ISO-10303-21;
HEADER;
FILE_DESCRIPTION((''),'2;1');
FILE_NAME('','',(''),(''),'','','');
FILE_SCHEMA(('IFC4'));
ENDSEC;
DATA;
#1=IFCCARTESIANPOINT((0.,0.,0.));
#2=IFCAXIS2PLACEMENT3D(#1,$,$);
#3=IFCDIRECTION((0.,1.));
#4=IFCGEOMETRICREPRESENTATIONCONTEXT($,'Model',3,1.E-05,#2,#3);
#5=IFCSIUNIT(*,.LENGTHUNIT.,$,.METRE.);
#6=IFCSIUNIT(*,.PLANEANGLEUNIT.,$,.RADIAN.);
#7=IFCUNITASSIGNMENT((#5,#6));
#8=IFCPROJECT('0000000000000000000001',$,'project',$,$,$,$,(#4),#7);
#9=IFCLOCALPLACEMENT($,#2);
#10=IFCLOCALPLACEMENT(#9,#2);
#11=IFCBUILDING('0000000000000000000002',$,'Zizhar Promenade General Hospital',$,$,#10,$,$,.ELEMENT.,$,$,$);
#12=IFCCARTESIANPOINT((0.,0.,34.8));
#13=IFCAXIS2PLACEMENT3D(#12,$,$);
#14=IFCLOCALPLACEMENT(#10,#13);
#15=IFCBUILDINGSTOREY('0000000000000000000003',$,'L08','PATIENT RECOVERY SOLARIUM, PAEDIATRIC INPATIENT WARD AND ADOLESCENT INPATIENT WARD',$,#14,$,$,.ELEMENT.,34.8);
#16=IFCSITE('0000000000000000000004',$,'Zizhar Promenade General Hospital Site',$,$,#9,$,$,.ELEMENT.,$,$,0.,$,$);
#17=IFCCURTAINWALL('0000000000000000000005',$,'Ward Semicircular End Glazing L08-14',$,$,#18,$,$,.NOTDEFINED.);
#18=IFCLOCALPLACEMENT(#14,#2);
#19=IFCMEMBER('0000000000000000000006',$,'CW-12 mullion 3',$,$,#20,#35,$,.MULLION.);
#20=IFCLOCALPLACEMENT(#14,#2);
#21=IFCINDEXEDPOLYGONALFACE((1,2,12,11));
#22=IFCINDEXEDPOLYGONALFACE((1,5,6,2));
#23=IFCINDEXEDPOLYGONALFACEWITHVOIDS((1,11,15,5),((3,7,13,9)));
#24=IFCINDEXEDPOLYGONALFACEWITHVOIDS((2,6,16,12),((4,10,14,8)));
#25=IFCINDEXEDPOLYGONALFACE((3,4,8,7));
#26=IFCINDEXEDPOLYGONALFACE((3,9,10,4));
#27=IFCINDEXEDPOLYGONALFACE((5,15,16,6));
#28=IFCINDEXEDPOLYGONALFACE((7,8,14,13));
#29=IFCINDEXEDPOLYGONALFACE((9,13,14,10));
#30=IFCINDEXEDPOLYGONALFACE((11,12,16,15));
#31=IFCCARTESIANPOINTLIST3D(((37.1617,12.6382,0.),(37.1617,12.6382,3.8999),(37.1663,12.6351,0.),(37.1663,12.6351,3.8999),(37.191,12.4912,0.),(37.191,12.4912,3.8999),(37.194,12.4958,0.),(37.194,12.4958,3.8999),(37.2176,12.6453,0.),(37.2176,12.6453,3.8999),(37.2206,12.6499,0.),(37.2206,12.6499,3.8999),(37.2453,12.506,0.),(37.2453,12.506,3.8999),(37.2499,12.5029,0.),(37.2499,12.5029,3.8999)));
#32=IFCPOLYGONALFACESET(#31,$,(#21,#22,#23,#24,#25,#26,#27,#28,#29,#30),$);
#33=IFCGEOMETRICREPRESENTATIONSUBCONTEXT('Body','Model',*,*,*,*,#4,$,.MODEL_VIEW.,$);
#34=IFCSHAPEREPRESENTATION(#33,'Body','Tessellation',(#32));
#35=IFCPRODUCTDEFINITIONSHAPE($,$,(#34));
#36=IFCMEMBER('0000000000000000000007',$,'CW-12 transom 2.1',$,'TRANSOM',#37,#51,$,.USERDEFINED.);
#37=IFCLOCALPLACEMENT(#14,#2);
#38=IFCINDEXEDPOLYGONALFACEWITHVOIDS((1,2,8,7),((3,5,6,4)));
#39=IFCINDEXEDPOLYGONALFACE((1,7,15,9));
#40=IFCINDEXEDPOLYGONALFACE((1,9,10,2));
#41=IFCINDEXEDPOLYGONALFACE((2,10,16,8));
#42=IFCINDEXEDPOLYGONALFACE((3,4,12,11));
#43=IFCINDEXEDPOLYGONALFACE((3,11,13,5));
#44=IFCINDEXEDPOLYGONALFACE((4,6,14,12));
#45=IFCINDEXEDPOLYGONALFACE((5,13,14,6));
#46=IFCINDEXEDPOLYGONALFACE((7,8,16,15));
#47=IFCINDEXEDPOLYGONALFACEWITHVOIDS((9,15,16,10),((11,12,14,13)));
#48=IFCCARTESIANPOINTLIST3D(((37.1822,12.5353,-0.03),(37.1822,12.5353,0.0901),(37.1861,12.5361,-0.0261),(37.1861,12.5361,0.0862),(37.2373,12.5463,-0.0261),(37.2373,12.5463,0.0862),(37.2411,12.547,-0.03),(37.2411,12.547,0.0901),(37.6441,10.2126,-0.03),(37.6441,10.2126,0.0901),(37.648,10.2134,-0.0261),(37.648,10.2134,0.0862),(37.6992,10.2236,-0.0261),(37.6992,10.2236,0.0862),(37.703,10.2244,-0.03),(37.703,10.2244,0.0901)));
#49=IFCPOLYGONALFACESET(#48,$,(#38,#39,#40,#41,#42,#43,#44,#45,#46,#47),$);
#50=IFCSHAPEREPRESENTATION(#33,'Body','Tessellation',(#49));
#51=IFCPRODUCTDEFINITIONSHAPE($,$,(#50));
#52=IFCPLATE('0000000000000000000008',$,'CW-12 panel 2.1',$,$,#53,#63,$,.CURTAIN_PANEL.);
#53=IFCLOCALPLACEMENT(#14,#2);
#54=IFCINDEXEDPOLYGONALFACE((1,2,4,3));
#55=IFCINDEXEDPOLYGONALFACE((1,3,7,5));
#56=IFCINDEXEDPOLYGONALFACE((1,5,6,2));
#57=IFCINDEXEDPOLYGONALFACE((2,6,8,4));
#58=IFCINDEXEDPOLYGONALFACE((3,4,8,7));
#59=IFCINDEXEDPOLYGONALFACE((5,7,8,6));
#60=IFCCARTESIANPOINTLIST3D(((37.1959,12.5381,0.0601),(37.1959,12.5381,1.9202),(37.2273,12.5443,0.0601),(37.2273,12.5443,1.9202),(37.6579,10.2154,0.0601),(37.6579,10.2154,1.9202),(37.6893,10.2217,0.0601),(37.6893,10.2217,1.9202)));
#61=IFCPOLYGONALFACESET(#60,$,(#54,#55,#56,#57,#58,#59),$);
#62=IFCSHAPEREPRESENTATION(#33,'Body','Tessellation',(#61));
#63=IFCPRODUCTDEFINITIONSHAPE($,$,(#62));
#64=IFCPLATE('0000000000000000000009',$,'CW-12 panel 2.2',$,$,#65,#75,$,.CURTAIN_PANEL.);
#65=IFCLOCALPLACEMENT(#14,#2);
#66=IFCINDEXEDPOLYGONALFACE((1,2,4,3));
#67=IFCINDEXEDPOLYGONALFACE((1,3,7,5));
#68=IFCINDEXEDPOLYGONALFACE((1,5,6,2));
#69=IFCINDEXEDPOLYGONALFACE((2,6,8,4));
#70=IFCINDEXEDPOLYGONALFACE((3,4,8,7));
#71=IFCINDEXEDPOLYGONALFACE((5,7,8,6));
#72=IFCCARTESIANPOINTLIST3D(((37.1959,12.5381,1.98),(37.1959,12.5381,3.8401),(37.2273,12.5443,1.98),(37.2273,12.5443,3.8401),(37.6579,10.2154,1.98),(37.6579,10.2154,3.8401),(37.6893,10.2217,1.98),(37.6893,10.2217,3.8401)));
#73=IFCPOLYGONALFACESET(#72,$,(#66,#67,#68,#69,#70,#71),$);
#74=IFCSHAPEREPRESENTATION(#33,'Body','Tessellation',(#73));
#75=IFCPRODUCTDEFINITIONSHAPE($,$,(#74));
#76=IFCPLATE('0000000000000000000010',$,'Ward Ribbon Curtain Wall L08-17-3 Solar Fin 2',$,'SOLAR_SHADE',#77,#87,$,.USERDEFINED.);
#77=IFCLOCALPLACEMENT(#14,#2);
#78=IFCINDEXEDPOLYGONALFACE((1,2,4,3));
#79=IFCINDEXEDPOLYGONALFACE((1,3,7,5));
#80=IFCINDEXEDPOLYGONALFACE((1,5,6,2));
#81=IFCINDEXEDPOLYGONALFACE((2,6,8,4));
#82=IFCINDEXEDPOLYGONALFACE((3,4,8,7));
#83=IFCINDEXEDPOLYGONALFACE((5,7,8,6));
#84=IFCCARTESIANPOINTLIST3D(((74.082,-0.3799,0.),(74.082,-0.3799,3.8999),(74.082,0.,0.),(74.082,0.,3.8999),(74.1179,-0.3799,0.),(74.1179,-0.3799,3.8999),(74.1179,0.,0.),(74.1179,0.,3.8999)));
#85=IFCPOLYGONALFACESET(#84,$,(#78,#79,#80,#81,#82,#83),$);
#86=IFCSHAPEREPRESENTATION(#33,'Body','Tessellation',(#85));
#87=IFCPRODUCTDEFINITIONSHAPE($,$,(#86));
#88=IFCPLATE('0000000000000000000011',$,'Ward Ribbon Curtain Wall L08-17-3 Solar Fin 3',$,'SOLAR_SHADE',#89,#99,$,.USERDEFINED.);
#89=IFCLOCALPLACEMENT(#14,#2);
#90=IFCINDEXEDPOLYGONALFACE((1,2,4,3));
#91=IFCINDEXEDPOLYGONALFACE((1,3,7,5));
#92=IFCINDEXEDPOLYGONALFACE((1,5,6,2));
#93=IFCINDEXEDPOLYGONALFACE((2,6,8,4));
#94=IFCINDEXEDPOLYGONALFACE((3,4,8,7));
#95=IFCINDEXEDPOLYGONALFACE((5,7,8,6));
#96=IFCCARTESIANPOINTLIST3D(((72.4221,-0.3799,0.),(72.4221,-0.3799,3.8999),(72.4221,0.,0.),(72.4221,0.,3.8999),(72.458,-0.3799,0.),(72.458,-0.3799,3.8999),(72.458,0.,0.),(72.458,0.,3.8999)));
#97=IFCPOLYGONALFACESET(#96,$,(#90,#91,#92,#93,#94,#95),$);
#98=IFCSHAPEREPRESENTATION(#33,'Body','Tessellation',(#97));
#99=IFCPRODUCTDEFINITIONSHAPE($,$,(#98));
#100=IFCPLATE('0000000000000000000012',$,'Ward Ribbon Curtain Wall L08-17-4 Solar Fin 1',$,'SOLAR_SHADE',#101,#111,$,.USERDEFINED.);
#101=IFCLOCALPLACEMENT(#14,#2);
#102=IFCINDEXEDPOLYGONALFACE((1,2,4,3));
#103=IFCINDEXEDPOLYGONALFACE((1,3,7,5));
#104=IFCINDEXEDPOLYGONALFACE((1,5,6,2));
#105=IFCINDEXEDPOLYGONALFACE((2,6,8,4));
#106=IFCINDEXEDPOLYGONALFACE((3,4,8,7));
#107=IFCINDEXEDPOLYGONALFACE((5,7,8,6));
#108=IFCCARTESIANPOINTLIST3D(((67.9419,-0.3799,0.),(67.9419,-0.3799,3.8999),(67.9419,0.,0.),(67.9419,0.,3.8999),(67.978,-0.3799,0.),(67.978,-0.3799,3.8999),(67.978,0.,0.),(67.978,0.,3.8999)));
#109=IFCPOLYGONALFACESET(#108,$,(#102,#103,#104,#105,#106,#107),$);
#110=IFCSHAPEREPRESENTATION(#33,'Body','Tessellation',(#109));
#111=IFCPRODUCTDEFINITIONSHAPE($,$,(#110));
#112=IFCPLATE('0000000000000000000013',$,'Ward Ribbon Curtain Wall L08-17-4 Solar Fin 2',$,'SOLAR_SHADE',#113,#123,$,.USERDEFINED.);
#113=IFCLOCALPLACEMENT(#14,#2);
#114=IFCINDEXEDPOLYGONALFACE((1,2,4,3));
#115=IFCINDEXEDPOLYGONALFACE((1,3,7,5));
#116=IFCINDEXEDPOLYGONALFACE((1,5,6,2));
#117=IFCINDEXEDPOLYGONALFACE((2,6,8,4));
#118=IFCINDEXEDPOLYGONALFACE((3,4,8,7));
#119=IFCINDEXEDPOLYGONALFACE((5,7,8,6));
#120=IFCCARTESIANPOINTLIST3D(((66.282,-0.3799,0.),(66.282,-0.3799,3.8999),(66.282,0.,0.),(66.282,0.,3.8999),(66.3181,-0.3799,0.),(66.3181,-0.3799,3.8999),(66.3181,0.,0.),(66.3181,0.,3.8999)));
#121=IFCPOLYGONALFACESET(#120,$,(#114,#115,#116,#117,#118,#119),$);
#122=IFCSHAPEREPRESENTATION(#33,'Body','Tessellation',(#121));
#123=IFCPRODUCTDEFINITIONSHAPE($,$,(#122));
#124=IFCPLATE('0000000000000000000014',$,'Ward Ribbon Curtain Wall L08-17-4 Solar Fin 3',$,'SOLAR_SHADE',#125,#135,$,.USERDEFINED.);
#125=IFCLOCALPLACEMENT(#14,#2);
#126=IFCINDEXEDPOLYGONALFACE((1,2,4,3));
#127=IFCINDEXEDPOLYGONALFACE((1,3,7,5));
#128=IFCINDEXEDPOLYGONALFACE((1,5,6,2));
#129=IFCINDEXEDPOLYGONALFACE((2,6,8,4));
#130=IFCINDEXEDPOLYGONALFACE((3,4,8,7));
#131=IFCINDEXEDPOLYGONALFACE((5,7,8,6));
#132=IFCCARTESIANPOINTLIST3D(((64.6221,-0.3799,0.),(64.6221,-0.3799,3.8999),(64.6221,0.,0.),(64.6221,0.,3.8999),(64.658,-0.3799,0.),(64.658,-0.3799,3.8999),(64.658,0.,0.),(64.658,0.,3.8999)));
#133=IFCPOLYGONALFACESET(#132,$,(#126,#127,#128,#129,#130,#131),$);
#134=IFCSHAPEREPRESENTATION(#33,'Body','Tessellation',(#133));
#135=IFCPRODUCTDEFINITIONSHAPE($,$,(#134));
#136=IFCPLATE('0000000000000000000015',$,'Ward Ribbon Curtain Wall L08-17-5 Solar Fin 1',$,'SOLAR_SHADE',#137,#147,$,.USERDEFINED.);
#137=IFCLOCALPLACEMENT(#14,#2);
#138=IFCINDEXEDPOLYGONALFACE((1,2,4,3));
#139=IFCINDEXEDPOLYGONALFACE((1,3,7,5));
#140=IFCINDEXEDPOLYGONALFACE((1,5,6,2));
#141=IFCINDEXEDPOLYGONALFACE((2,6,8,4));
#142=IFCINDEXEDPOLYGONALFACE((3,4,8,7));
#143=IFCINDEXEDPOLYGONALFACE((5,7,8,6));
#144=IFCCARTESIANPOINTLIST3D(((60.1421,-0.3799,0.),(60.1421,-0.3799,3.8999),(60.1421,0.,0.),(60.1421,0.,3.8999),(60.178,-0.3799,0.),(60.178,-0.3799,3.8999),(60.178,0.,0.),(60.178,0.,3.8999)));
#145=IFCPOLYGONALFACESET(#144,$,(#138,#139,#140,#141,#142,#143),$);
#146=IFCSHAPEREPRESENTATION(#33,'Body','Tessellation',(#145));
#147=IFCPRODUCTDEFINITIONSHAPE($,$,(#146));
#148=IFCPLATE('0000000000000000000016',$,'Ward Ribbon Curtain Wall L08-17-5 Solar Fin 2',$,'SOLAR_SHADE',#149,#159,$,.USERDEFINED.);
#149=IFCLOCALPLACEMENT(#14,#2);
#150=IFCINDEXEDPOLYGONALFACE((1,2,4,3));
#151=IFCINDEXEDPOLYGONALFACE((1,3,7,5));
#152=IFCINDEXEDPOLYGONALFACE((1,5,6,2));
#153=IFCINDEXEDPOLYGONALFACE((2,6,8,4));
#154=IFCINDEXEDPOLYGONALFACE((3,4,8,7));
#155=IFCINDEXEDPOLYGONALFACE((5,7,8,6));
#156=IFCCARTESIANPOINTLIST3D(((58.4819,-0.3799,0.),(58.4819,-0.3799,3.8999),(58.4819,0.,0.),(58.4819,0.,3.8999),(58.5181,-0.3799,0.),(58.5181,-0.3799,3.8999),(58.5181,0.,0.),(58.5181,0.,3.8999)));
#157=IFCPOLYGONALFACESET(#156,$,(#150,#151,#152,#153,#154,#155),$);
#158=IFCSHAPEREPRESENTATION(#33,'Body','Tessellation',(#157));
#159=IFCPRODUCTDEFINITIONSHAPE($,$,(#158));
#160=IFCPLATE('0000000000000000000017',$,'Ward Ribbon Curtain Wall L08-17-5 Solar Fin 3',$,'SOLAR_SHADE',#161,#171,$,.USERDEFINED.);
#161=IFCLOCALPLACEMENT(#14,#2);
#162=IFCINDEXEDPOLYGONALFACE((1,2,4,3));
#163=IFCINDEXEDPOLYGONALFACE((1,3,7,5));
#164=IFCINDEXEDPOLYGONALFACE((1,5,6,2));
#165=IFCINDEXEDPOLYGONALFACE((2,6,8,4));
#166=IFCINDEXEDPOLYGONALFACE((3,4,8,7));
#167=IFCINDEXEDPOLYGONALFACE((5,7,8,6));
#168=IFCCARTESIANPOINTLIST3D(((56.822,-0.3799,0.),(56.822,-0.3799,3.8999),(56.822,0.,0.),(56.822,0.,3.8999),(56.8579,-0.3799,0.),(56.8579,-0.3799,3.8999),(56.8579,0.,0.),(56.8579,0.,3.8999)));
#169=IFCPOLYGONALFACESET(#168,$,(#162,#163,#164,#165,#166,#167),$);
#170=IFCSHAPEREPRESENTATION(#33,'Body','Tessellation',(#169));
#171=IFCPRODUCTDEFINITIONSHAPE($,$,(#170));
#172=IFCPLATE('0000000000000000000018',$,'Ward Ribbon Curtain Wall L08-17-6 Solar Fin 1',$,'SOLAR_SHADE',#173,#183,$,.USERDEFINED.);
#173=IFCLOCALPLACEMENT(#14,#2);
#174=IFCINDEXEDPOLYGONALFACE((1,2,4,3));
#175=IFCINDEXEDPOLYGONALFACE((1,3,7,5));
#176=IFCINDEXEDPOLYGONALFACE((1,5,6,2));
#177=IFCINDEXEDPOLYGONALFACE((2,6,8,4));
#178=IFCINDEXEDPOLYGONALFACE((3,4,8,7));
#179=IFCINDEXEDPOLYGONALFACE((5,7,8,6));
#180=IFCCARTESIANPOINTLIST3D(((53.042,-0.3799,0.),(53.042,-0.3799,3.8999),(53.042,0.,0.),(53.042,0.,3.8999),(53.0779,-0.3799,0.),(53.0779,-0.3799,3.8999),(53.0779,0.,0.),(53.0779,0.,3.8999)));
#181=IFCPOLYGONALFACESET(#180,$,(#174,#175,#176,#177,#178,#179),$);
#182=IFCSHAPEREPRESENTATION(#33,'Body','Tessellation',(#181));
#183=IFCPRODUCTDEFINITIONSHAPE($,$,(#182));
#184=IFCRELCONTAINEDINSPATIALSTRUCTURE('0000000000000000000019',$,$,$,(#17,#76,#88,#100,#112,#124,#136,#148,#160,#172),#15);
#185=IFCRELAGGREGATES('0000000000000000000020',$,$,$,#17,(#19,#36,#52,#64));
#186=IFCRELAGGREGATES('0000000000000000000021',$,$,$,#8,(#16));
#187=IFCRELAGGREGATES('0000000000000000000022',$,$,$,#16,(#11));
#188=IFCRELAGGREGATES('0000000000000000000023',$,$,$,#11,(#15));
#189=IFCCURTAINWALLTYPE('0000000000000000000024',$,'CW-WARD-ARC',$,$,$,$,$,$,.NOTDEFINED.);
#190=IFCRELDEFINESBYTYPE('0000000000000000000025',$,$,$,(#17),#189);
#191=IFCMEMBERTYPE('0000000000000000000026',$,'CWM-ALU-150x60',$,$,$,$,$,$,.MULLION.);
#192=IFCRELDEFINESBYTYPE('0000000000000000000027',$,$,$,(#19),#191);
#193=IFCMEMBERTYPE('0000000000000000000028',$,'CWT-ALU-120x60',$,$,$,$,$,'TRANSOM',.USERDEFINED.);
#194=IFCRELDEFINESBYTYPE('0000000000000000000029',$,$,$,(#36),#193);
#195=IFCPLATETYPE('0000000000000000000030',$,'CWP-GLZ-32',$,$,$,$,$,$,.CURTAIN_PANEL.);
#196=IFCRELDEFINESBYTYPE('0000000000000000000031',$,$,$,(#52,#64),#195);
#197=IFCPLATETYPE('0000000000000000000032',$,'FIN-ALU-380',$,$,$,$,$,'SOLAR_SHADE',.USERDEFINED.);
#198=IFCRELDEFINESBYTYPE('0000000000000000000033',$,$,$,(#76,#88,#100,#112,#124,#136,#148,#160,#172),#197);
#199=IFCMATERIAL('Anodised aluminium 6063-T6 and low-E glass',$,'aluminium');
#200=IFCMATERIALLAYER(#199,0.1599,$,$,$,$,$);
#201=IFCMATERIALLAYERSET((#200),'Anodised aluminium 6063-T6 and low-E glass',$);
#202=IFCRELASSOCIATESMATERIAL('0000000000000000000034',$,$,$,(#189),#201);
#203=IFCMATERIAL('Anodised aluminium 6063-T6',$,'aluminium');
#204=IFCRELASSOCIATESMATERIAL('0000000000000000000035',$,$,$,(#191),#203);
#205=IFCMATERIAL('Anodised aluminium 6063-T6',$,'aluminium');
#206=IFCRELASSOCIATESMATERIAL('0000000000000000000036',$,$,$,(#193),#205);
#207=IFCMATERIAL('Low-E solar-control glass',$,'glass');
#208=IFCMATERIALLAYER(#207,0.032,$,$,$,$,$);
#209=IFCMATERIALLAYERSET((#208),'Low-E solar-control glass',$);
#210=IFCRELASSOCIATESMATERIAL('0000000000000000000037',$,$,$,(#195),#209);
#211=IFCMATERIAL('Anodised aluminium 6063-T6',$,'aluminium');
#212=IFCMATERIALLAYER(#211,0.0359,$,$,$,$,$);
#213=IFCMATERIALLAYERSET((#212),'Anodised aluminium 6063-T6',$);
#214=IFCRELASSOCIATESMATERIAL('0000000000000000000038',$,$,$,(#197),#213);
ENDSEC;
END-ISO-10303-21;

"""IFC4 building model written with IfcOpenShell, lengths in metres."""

from ifc_helpers import new_model, si_unit, direction, frame, origin, origin_2d, place, context, subcontext, project, spatial, polyline, rectangle, hollow_rectangle, outline, extrude, material, layer, layer_set, material_profile, profile_set, type_object, element, aggregate, save


model = new_model("IFC4")

# Units and contexts
model_context = context("Model", 3, precision=1e-05, world=origin(), true_north=direction((0.0, 1.0)))
body_context = subcontext(model_context, "Body", "Model", "MODEL_VIEW")
ifc_project = project(units=[si_unit("LENGTHUNIT", "METRE"), si_unit("PLANEANGLEUNIT", "RADIAN")], contexts=[model_context])

# Site, building, storey
site_placement = place(None, origin())
site = spatial("IfcSite", under=ifc_project, at=site_placement, Name="Zizhar Promenade General Hospital Site", CompositionType="ELEMENT", RefElevation=0.0)
building_placement = place(site_placement, origin())
building = spatial("IfcBuilding", under=site, at=building_placement, Name="Zizhar Promenade General Hospital", CompositionType="ELEMENT")
storey_placement = place(building_placement, frame((0.0, 0.0, 34.8)))
storey = spatial("IfcBuildingStorey", under=building, at=storey_placement, Name="L08", Description="PATIENT RECOVERY SOLARIUM, PAEDIATRIC INPATIENT WARD AND ADOLESCENT INPATIENT WARD", CompositionType="ELEMENT", Elevation=34.8)

# Curtain wall, members, plates
ifc_material_1 = material(Name="Anodised aluminium 6063-T6 and low-E glass", Category="aluminium")
ifc_layer_1 = layer(ifc_material_1, 0.1599)
ifc_layer_set_1 = layer_set([ifc_layer_1], Name="Anodised aluminium 6063-T6 and low-E glass")
curtain_wall_type = type_object("IfcCurtainWallType", Name="CW-WARD-ARC", PredefinedType="NOTDEFINED", material=ifc_layer_set_1)
curtain_wall_placement = place(storey_placement, origin())
curtain_wall = element("IfcCurtainWall", 1, at=curtain_wall_placement, inside=storey, type_object=curtain_wall_type, Name="Ward Semicircular End Glazing L08-14", PredefinedType="NOTDEFINED")
ifc_material_2 = material(Name="Anodised aluminium 6063-T6", Category="aluminium")
ifc_material_profile_1 = material_profile(ifc_material_2, hollow_rectangle(XDim=0.0601, YDim=0.1499, WallThickness=0.0039, at=origin_2d()))
ifc_profile_set_1 = profile_set([ifc_material_profile_1], Name="Anodised aluminium 6063-T6")
member_type_1 = type_object("IfcMemberType", Name="CWM-ALU-150x60", PredefinedType="MULLION", material=ifc_profile_set_1)
member_1_placement = place(storey_placement, frame((37.2058, 12.5706, 0.0), z_axis=(0.0, 0.0, 1.0), x_axis=(-0.980786, -0.195087, 0.0)))
member_1 = element("IfcMember", 2, at=member_1_placement, type_object=member_type_1, Name="CW-12 mullion 3", PredefinedType="MULLION", context=body_context, shape_type="SweptSolid", body=[
    extrude(hollow_rectangle(XDim=0.0601, YDim=0.1499, WallThickness=0.0039, at=origin_2d()), origin(), (0.0, 0.0, 1.0), 3.8999),
])
ifc_material_3 = material(Name="Anodised aluminium 6063-T6", Category="aluminium")
ifc_material_profile_2 = material_profile(ifc_material_3, hollow_rectangle(XDim=0.0601, YDim=0.1201, WallThickness=0.0039, at=origin_2d()))
ifc_profile_set_2 = profile_set([ifc_material_profile_2], Name="Anodised aluminium 6063-T6")
member_type_2 = type_object("IfcMemberType", Name="CWT-ALU-120x60", ElementType="TRANSOM", PredefinedType="USERDEFINED", material=ifc_profile_set_2)
member_2_placement = place(storey_placement, frame((37.6736, 10.2185, 0.03), z_axis=(-0.195045, 0.980794, 0.0), x_axis=(-0.980794, -0.195045, 0.0)))
member_2 = element("IfcMember", 3, at=member_2_placement, type_object=member_type_2, Name="CW-12 transom 2.1", ObjectType="TRANSOM", PredefinedType="USERDEFINED", context=body_context, shape_type="SweptSolid", body=[
    extrude(hollow_rectangle(XDim=0.0601, YDim=0.1201, WallThickness=0.0039, at=origin_2d()), origin(), (0.0, 0.0, 1.0), 2.3682),
])
ifc_material_4 = material(Name="Low-E solar-control glass", Category="glass")
ifc_layer_2 = layer(ifc_material_4, 0.032)
ifc_layer_set_2 = layer_set([ifc_layer_2], Name="Low-E solar-control glass")
plate_type_1 = type_object("IfcPlateType", Name="CWP-GLZ-32", PredefinedType="CURTAIN_PANEL", material=ifc_layer_set_2)
plate_1_placement = place(storey_placement, frame((37.4426, 11.3799, 0.0601), z_axis=(0.0, 0.0, 1.0), x_axis=(-0.195087, 0.980786, 0.0)))
plate_1 = element("IfcPlate", 4, at=plate_1_placement, type_object=plate_type_1, Name="CW-12 panel 2.1", PredefinedType="CURTAIN_PANEL", context=body_context, shape_type="SweptSolid", body=[
    extrude(rectangle(XDim=2.3682, YDim=0.032, at=origin_2d()), origin(), (0.0, 0.0, 1.0), 1.8601),
])
plate_2_placement = place(storey_placement, frame((37.4426, 11.3799, 1.98), z_axis=(0.0, 0.0, 1.0), x_axis=(-0.195087, 0.980786, 0.0)))
plate_2 = element("IfcPlate", 5, at=plate_2_placement, type_object=plate_type_1, Name="CW-12 panel 2.2", PredefinedType="CURTAIN_PANEL", context=body_context, shape_type="SweptSolid", body=[
    extrude(rectangle(XDim=2.3682, YDim=0.032, at=origin_2d()), origin(), (0.0, 0.0, 1.0), 1.8601),
])
aggregate(curtain_wall, [member_1, member_2, plate_1, plate_2])

# Plates
ifc_material_5 = material(Name="Anodised aluminium 6063-T6", Category="aluminium")
ifc_layer_3 = layer(ifc_material_5, 0.0359)
ifc_layer_set_3 = layer_set([ifc_layer_3], Name="Anodised aluminium 6063-T6")
plate_type_2 = type_object("IfcPlateType", Name="FIN-ALU-380", ElementType="SOLAR_SHADE", PredefinedType="USERDEFINED", material=ifc_layer_set_3)
plate_3_placement = place(storey_placement, origin())
element("IfcPlate", 6, at=plate_3_placement, inside=storey, type_object=plate_type_2, Name="Ward Ribbon Curtain Wall L08-17-3 Solar Fin 2", ObjectType="SOLAR_SHADE", PredefinedType="USERDEFINED", context=body_context, shape_type="SweptSolid", body=[
    extrude(outline(polyline([(74.1179, 0.0), (74.082, 0.0), (74.082, -0.3799), (74.1179, -0.3799), (74.1179, 0.0)])), origin(), (0.0, 0.0, 1.0), 3.8999),
])
plate_4_placement = place(storey_placement, origin())
element("IfcPlate", 7, at=plate_4_placement, inside=storey, type_object=plate_type_2, Name="Ward Ribbon Curtain Wall L08-17-3 Solar Fin 3", ObjectType="SOLAR_SHADE", PredefinedType="USERDEFINED", context=body_context, shape_type="SweptSolid", body=[
    extrude(outline(polyline([(72.458, 0.0), (72.4221, 0.0), (72.4221, -0.3799), (72.458, -0.3799), (72.458, 0.0)])), origin(), (0.0, 0.0, 1.0), 3.8999),
])
plate_5_placement = place(storey_placement, origin())
element("IfcPlate", 8, at=plate_5_placement, inside=storey, type_object=plate_type_2, Name="Ward Ribbon Curtain Wall L08-17-4 Solar Fin 1", ObjectType="SOLAR_SHADE", PredefinedType="USERDEFINED", context=body_context, shape_type="SweptSolid", body=[
    extrude(outline(polyline([(67.978, 0.0), (67.9419, 0.0), (67.9419, -0.3799), (67.978, -0.3799), (67.978, 0.0)])), origin(), (0.0, 0.0, 1.0), 3.8999),
])
plate_6_placement = place(storey_placement, origin())
element("IfcPlate", 9, at=plate_6_placement, inside=storey, type_object=plate_type_2, Name="Ward Ribbon Curtain Wall L08-17-4 Solar Fin 2", ObjectType="SOLAR_SHADE", PredefinedType="USERDEFINED", context=body_context, shape_type="SweptSolid", body=[
    extrude(outline(polyline([(66.3181, 0.0), (66.282, 0.0), (66.282, -0.3799), (66.3181, -0.3799), (66.3181, 0.0)])), origin(), (0.0, 0.0, 1.0), 3.8999),
])
plate_7_placement = place(storey_placement, origin())
element("IfcPlate", 10, at=plate_7_placement, inside=storey, type_object=plate_type_2, Name="Ward Ribbon Curtain Wall L08-17-4 Solar Fin 3", ObjectType="SOLAR_SHADE", PredefinedType="USERDEFINED", context=body_context, shape_type="SweptSolid", body=[
    extrude(outline(polyline([(64.658, 0.0), (64.6221, 0.0), (64.6221, -0.3799), (64.658, -0.3799), (64.658, 0.0)])), origin(), (0.0, 0.0, 1.0), 3.8999),
])
plate_8_placement = place(storey_placement, origin())
element("IfcPlate", 11, at=plate_8_placement, inside=storey, type_object=plate_type_2, Name="Ward Ribbon Curtain Wall L08-17-5 Solar Fin 1", ObjectType="SOLAR_SHADE", PredefinedType="USERDEFINED", context=body_context, shape_type="SweptSolid", body=[
    extrude(outline(polyline([(60.178, 0.0), (60.1421, 0.0), (60.1421, -0.3799), (60.178, -0.3799), (60.178, 0.0)])), origin(), (0.0, 0.0, 1.0), 3.8999),
])
plate_9_placement = place(storey_placement, origin())
element("IfcPlate", 12, at=plate_9_placement, inside=storey, type_object=plate_type_2, Name="Ward Ribbon Curtain Wall L08-17-5 Solar Fin 2", ObjectType="SOLAR_SHADE", PredefinedType="USERDEFINED", context=body_context, shape_type="SweptSolid", body=[
    extrude(outline(polyline([(58.5181, 0.0), (58.4819, 0.0), (58.4819, -0.3799), (58.5181, -0.3799), (58.5181, 0.0)])), origin(), (0.0, 0.0, 1.0), 3.8999),
])
plate_10_placement = place(storey_placement, origin())
element("IfcPlate", 13, at=plate_10_placement, inside=storey, type_object=plate_type_2, Name="Ward Ribbon Curtain Wall L08-17-5 Solar Fin 3", ObjectType="SOLAR_SHADE", PredefinedType="USERDEFINED", context=body_context, shape_type="SweptSolid", body=[
    extrude(outline(polyline([(56.8579, 0.0), (56.822, 0.0), (56.822, -0.3799), (56.8579, -0.3799), (56.8579, 0.0)])), origin(), (0.0, 0.0, 1.0), 3.8999),
])
plate_11_placement = place(storey_placement, origin())
element("IfcPlate", 14, at=plate_11_placement, inside=storey, type_object=plate_type_2, Name="Ward Ribbon Curtain Wall L08-17-6 Solar Fin 1", ObjectType="SOLAR_SHADE", PredefinedType="USERDEFINED", context=body_context, shape_type="SweptSolid", body=[
    extrude(outline(polyline([(53.0779, 0.0), (53.042, 0.0), (53.042, -0.3799), (53.0779, -0.3799), (53.0779, 0.0)])), origin(), (0.0, 0.0, 1.0), 3.8999),
])

save(model, "model.ifc")
